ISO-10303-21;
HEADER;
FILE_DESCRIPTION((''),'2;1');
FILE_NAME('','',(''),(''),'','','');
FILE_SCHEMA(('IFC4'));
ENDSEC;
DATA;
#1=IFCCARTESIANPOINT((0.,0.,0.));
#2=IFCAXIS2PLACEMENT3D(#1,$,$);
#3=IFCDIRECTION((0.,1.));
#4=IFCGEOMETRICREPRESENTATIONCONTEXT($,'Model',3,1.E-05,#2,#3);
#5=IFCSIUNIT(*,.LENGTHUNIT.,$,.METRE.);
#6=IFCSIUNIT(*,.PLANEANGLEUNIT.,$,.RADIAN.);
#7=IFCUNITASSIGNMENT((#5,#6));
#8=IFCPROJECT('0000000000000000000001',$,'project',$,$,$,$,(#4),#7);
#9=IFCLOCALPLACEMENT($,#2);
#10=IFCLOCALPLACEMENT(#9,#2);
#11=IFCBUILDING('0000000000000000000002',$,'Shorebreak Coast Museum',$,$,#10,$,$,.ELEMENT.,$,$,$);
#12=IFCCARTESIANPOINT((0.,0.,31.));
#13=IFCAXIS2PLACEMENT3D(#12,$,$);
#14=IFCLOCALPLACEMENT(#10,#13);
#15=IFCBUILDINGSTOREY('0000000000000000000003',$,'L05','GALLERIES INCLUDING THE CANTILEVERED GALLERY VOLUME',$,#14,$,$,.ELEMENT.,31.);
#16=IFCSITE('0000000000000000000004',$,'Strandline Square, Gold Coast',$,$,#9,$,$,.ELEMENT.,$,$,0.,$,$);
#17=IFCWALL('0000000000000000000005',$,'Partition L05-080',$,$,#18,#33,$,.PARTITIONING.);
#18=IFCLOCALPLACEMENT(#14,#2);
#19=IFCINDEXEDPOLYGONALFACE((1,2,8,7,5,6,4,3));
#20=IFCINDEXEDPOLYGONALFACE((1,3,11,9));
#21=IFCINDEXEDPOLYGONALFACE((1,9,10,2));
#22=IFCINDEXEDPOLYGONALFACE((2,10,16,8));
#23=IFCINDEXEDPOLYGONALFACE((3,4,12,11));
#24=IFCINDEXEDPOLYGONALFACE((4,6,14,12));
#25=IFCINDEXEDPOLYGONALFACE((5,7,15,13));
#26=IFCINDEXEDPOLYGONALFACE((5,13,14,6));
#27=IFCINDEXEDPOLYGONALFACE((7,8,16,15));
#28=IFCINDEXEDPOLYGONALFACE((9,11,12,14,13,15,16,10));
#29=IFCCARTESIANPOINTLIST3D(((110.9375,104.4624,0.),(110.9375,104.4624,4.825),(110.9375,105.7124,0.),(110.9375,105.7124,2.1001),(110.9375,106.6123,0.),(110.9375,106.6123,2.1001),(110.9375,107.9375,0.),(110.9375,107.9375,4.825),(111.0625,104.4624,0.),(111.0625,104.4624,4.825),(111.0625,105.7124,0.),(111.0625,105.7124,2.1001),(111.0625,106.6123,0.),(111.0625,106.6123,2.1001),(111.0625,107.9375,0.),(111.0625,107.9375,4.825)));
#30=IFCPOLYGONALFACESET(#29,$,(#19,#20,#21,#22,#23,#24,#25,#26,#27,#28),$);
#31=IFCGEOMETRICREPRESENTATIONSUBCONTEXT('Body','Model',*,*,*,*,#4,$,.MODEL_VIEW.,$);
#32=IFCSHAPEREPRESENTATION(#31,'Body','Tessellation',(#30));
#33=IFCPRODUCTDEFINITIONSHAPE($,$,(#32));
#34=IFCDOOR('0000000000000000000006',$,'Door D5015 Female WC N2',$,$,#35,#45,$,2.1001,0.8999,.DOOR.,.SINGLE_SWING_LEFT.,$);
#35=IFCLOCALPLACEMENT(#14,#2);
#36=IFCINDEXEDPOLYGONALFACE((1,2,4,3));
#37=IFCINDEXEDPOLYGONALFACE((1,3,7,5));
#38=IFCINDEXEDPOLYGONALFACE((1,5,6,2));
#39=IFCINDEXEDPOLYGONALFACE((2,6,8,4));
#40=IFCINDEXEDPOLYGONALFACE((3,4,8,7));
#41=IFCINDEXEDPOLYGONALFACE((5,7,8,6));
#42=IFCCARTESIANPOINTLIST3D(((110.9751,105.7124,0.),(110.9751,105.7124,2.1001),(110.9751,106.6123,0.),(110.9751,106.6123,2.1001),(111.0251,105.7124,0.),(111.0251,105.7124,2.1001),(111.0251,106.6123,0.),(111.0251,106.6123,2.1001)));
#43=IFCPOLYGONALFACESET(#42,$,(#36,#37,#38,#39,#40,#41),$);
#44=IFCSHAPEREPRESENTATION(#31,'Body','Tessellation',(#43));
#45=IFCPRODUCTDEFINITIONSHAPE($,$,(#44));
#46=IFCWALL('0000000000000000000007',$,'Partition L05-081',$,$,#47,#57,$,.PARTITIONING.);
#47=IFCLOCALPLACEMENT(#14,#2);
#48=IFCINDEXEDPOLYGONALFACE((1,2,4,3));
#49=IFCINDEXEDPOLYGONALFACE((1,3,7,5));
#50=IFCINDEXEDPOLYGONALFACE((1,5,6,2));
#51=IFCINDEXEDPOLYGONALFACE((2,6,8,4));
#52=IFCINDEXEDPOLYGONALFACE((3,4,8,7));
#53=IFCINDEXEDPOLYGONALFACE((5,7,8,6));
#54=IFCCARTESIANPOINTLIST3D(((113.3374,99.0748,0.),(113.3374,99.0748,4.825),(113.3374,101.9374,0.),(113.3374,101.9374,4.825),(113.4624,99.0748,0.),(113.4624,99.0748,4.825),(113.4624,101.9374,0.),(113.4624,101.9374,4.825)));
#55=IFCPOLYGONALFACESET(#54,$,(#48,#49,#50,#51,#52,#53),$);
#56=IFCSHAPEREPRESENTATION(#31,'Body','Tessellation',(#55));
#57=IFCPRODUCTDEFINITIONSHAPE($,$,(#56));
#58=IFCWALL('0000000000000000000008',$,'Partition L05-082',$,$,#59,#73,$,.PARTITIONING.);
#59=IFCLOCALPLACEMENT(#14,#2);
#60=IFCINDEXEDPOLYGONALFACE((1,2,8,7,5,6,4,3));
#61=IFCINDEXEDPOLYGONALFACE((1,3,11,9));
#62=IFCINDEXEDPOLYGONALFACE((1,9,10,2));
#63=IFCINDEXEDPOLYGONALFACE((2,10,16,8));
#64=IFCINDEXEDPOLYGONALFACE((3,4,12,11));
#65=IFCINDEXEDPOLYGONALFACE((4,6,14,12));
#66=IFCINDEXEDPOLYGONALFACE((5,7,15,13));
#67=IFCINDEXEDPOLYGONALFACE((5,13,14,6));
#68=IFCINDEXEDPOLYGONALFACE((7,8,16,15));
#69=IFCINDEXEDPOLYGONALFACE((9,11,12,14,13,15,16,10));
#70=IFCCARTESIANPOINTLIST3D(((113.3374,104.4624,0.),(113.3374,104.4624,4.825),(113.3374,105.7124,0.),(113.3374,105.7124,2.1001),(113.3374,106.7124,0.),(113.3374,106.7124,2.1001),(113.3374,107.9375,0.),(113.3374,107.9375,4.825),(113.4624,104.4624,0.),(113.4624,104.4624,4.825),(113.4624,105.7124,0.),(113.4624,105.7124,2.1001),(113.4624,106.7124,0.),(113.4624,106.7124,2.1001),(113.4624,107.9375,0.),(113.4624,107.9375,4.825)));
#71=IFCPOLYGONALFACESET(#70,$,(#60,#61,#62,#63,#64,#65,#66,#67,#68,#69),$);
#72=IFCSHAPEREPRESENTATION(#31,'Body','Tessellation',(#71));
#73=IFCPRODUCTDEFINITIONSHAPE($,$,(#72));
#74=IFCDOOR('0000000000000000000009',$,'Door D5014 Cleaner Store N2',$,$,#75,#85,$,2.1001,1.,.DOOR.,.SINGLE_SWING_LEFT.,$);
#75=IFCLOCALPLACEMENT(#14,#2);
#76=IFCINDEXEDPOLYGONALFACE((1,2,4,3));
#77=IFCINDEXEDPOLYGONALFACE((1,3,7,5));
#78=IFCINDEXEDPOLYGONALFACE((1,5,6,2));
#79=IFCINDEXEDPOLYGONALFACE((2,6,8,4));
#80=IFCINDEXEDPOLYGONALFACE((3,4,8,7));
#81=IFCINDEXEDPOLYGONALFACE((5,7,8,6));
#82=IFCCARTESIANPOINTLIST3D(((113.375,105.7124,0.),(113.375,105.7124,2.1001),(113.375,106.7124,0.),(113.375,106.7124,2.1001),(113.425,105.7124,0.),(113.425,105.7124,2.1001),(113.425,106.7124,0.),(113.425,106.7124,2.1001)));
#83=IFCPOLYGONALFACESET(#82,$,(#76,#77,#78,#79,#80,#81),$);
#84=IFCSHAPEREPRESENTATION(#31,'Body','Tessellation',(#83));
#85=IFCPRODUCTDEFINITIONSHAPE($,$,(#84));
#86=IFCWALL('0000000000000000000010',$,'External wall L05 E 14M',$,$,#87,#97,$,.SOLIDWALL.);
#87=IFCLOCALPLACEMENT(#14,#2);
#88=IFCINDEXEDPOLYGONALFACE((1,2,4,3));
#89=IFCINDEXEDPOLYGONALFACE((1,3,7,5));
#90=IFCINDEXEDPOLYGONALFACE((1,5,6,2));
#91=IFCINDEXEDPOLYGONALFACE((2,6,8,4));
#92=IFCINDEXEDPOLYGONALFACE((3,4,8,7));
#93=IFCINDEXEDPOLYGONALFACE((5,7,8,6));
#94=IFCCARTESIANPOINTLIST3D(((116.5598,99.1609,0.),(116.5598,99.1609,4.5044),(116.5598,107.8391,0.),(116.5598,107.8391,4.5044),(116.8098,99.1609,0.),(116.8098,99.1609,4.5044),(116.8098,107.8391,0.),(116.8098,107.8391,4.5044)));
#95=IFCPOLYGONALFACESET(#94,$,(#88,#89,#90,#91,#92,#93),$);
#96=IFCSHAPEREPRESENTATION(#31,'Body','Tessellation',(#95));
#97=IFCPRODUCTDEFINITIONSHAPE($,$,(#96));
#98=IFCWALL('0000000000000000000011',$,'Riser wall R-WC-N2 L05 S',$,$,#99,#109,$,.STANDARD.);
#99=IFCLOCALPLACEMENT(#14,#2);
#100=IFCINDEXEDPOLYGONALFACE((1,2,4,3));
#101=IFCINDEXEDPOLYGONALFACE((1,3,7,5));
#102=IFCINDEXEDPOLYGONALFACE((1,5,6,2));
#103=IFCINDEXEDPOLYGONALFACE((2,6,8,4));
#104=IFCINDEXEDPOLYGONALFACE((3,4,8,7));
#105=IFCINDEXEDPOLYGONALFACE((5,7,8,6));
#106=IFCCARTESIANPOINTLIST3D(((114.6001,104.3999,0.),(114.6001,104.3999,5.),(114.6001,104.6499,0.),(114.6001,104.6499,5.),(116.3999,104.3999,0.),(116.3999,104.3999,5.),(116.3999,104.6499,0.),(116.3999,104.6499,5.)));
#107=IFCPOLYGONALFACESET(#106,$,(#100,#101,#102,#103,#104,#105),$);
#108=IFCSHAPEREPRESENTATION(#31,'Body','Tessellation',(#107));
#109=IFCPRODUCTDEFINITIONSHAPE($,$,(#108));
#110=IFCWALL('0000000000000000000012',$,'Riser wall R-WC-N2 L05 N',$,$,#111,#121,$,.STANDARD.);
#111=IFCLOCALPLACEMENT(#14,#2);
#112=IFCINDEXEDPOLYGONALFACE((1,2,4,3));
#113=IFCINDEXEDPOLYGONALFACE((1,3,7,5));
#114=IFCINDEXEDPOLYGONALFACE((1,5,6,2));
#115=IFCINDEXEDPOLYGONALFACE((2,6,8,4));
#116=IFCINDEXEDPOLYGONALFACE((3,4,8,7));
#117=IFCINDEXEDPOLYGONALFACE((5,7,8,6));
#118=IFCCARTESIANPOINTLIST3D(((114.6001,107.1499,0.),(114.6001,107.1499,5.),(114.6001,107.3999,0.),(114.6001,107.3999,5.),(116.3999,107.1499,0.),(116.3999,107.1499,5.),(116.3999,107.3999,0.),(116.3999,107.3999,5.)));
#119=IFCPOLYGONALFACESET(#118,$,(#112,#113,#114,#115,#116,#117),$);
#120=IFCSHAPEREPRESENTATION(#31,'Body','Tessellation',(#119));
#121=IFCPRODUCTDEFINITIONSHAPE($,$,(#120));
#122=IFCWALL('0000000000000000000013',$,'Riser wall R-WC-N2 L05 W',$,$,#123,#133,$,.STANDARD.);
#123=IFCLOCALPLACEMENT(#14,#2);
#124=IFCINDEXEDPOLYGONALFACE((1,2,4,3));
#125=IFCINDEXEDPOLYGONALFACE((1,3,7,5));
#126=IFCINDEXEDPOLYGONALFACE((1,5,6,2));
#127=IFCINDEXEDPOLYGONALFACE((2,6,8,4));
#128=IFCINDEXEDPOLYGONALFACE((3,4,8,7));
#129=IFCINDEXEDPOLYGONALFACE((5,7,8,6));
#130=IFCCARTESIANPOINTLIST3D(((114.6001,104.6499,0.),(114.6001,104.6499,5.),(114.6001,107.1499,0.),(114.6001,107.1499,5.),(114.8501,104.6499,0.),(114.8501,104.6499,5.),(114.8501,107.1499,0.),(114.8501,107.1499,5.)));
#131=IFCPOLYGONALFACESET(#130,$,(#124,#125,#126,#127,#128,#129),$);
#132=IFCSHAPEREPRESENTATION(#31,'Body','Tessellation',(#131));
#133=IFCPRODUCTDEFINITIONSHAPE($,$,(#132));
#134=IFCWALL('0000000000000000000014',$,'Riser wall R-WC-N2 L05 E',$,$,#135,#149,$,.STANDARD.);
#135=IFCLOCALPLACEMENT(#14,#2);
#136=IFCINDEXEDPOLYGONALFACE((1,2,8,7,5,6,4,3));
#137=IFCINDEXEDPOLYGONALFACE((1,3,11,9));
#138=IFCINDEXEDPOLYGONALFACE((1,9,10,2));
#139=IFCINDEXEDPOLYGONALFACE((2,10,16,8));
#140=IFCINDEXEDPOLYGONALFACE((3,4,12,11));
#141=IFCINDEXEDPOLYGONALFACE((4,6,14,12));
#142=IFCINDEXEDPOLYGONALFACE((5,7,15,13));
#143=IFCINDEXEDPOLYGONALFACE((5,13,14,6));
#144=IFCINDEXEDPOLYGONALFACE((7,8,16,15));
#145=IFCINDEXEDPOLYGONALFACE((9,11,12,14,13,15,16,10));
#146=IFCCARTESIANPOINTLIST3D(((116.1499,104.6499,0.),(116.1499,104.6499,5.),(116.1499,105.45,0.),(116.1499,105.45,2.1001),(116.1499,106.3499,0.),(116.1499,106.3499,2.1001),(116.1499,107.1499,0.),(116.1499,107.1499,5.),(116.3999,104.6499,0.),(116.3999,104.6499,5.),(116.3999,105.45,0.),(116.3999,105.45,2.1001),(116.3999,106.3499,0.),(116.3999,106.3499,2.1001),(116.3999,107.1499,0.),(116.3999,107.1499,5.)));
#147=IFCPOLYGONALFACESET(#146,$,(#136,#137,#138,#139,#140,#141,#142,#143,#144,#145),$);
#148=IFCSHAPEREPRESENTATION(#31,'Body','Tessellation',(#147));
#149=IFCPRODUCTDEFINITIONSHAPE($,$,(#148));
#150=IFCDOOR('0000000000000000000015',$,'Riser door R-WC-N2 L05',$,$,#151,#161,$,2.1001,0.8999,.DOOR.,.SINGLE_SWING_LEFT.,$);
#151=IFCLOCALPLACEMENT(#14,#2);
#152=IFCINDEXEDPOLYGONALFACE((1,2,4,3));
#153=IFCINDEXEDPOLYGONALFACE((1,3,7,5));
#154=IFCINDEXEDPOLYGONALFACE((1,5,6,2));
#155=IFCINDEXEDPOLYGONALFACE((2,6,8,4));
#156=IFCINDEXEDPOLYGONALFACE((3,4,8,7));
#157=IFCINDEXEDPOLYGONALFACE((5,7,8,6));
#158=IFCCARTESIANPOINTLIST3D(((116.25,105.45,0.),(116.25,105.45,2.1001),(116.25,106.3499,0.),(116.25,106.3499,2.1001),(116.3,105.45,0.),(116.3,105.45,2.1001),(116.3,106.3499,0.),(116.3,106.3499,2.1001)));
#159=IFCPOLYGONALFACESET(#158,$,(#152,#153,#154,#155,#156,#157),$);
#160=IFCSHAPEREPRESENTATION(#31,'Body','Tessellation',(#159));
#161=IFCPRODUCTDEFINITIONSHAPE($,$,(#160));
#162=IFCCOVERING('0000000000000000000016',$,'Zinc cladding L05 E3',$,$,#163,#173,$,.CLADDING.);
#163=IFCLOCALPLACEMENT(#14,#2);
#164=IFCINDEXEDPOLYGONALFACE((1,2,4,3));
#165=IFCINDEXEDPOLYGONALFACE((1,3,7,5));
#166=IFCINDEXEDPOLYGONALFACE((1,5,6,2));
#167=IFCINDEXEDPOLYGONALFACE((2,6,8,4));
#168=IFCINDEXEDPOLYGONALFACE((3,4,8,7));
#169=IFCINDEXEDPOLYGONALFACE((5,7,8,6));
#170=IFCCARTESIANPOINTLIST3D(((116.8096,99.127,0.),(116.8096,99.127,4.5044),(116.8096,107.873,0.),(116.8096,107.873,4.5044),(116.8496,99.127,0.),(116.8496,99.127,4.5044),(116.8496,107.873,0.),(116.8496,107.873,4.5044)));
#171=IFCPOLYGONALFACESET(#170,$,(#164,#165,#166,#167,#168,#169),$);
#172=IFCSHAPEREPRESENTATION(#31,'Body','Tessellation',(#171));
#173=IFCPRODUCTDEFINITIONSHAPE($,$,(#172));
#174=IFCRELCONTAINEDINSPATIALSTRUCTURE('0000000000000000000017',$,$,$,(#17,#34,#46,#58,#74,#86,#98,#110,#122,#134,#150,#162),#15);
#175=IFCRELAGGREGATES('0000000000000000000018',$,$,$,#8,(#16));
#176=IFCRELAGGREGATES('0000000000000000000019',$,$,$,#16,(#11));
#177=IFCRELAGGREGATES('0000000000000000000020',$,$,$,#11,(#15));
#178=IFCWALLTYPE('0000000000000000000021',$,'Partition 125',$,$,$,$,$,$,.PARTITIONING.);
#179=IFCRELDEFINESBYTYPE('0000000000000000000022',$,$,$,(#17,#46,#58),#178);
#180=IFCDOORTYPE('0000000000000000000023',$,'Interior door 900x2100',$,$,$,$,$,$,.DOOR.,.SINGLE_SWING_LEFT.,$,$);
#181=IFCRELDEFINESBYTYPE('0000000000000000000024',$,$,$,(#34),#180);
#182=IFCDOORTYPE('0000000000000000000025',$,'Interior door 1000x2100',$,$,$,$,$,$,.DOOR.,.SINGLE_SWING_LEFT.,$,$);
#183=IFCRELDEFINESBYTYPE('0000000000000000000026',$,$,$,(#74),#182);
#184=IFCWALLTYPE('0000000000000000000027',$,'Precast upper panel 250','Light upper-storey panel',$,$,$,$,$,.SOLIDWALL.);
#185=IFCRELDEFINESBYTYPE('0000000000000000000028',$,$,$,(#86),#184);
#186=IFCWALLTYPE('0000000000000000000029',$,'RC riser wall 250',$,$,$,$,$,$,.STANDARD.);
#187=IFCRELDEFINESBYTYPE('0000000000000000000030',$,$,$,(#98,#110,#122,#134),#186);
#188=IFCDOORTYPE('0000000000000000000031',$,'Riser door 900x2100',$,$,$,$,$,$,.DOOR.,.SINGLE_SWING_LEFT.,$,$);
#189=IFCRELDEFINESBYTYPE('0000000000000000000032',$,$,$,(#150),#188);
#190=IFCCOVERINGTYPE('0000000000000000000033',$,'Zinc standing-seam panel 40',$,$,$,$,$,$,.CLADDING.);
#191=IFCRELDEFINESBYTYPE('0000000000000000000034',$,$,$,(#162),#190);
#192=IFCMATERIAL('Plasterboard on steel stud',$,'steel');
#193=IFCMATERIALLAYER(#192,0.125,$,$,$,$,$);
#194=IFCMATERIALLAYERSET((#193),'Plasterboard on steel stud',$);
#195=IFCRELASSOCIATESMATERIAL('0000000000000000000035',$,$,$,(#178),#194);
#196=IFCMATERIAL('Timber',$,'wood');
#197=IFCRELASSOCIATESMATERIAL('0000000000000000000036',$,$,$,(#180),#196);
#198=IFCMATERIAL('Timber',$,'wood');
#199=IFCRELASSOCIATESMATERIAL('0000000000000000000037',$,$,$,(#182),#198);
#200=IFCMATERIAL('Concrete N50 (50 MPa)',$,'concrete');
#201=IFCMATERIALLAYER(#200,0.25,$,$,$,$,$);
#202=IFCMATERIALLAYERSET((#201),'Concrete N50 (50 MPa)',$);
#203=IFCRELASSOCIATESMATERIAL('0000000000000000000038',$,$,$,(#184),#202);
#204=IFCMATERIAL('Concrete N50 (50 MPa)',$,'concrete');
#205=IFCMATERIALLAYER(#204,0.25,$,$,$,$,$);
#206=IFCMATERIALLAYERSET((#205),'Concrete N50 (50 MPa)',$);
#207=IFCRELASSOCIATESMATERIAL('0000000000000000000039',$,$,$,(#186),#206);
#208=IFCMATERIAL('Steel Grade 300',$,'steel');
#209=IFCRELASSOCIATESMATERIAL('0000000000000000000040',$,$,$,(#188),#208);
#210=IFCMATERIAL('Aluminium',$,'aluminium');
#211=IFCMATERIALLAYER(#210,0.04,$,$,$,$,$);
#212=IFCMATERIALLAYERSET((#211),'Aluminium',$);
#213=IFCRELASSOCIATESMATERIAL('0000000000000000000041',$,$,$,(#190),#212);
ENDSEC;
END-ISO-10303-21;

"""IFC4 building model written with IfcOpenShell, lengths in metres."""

from ifc_helpers import new_model, si_unit, direction, frame, frame_2d, origin, origin_2d, place, context, subcontext, project, spatial, rectangle, extrude, material, layer, layer_set, type_object, element, fill, save


model = new_model("IFC4")

# Units and contexts
model_context = context("Model", 3, precision=1e-05, world=origin(), true_north=direction((0.0, 1.0)))
body_context = subcontext(model_context, "Body", "Model", "MODEL_VIEW")
ifc_project = project(units=[si_unit("LENGTHUNIT", "METRE"), si_unit("PLANEANGLEUNIT", "RADIAN")], contexts=[model_context])

# Site, building, storey
site_placement = place(None, origin())
site = spatial("IfcSite", under=ifc_project, at=site_placement, Name="Strandline Square, Gold Coast", CompositionType="ELEMENT", RefElevation=0.0)
building_placement = place(site_placement, origin())
building = spatial("IfcBuilding", under=site, at=building_placement, Name="Shorebreak Coast Museum", CompositionType="ELEMENT")
storey_placement = place(building_placement, frame((0.0, 0.0, 31.0)))
storey = spatial("IfcBuildingStorey", under=building, at=storey_placement, Name="L05", Description="GALLERIES INCLUDING THE CANTILEVERED GALLERY VOLUME", CompositionType="ELEMENT", Elevation=31.0)

# Shared definitions
ifc_material_1 = material(Name="Plasterboard on steel stud", Category="steel")
ifc_layer_1 = layer(ifc_material_1, 0.125)
ifc_layer_set_1 = layer_set([ifc_layer_1], Name="Plasterboard on steel stud")
wall_type_1 = type_object("IfcWallType", Name="Partition 125", PredefinedType="PARTITIONING", material=ifc_layer_set_1)
ifc_material_2 = material(Name="Timber", Category="wood")
door_type_1 = type_object("IfcDoorType", Name="Interior door 900x2100", OperationType="SINGLE_SWING_LEFT", PredefinedType="DOOR", material=ifc_material_2)

# Wall, opening, door
wall_1_placement = place(storey_placement, frame((111.0, 104.4624, 0.0), z_axis=(0.0, 0.0, 1.0), x_axis=(0.0, 1.0, 0.0)))
wall_1 = element("IfcWall", 1, at=wall_1_placement, inside=storey, type_object=wall_type_1, Name="Partition L05-080", PredefinedType="PARTITIONING", context=body_context, shape_type="SweptSolid", body=[
    extrude(rectangle(XDim=3.4751, YDim=0.125, at=frame_2d((1.7375, 0.0))), origin(), (0.0, 0.0, 1.0), 4.825),
])
opening_1_placement = place(wall_1_placement, frame((1.25, 0.0, 0.0)))
opening_1 = element("IfcOpeningElement", 2, at=opening_1_placement, cuts=wall_1, PredefinedType="OPENING", context=body_context, shape_type="SweptSolid", body=[
    extrude(rectangle(XDim=0.8999, YDim=2.1001, at=frame_2d((0.45, 1.05))), frame((0.0, 0.0725, 0.0), z_axis=(0.0, -1.0, 0.0), x_axis=(1.0, 0.0, 0.0)), (0.0, 0.0, 1.0), 0.145),
])
door_1_placement = place(opening_1_placement, origin())
door_1 = element("IfcDoor", 3, at=door_1_placement, inside=storey, type_object=door_type_1, Name="Door D5015 Female WC N2", OperationType="SINGLE_SWING_LEFT", OverallHeight=2.1001, OverallWidth=0.8999, PredefinedType="DOOR", context=body_context, shape_type="SweptSolid", body=[
    extrude(rectangle(XDim=0.8999, YDim=2.1001, at=frame_2d((0.45, 1.05))), frame((0.0, 0.0249, 0.0), z_axis=(0.0, -1.0, 0.0), x_axis=(1.0, 0.0, 0.0)), (0.0, 0.0, 1.0), 0.05),
])
fill(opening_1, door_1)

# Wall
wall_2_placement = place(storey_placement, frame((113.3999, 99.075, 0.0), z_axis=(0.0, 0.0, 1.0), x_axis=(0.0, 1.0, 0.0)))
element("IfcWall", 4, at=wall_2_placement, inside=storey, type_object=wall_type_1, Name="Partition L05-081", PredefinedType="PARTITIONING", context=body_context, shape_type="SweptSolid", body=[
    extrude(rectangle(XDim=2.8625, YDim=0.125, at=frame_2d((1.4312, 0.0))), origin(), (0.0, 0.0, 1.0), 4.825),
])

# Wall, opening, door
wall_3_placement = place(storey_placement, frame((113.3999, 104.4624, 0.0), z_axis=(0.0, 0.0, 1.0), x_axis=(0.0, 1.0, 0.0)))
wall_3 = element("IfcWall", 5, at=wall_3_placement, inside=storey, type_object=wall_type_1, Name="Partition L05-082", PredefinedType="PARTITIONING", context=body_context, shape_type="SweptSolid", body=[
    extrude(rectangle(XDim=3.4751, YDim=0.125, at=frame_2d((1.7375, 0.0))), origin(), (0.0, 0.0, 1.0), 4.825),
])
opening_2_placement = place(wall_3_placement, frame((1.25, 0.0, 0.0)))
opening_2 = element("IfcOpeningElement", 6, at=opening_2_placement, cuts=wall_3, PredefinedType="OPENING", context=body_context, shape_type="SweptSolid", body=[
    extrude(rectangle(XDim=1.0, YDim=2.1001, at=frame_2d((0.5, 1.05))), frame((0.0, 0.0725, 0.0), z_axis=(0.0, -1.0, 0.0), x_axis=(1.0, 0.0, 0.0)), (0.0, 0.0, 1.0), 0.145),
])
ifc_material_3 = material(Name="Timber", Category="wood")
door_type_2 = type_object("IfcDoorType", Name="Interior door 1000x2100", OperationType="SINGLE_SWING_LEFT", PredefinedType="DOOR", material=ifc_material_3)
door_2_placement = place(opening_2_placement, origin())
door_2 = element("IfcDoor", 7, at=door_2_placement, inside=storey, type_object=door_type_2, Name="Door D5014 Cleaner Store N2", OperationType="SINGLE_SWING_LEFT", OverallHeight=2.1001, OverallWidth=1.0, PredefinedType="DOOR", context=body_context, shape_type="SweptSolid", body=[
    extrude(rectangle(XDim=1.0, YDim=2.1001, at=frame_2d((0.5, 1.05))), frame((0.0, 0.0249, 0.0), z_axis=(0.0, -1.0, 0.0), x_axis=(1.0, 0.0, 0.0)), (0.0, 0.0, 1.0), 0.05),
])
fill(opening_2, door_2)

# Walls
ifc_material_4 = material(Name="Concrete N50 (50 MPa)", Category="concrete")
ifc_layer_2 = layer(ifc_material_4, 0.25)
ifc_layer_set_2 = layer_set([ifc_layer_2], Name="Concrete N50 (50 MPa)")
wall_type_2 = type_object("IfcWallType", Name="Precast upper panel 250", Description="Light upper-storey panel", PredefinedType="SOLIDWALL", material=ifc_layer_set_2)
wall_4_placement = place(storey_placement, frame((116.6848, 99.1609, 0.0), z_axis=(0.0, 0.0, 1.0), x_axis=(0.0, 1.0, 0.0)))
element("IfcWall", 8, at=wall_4_placement, inside=storey, type_object=wall_type_2, Name="External wall L05 E 14M", PredefinedType="SOLIDWALL", context=body_context, shape_type="SweptSolid", body=[
    extrude(rectangle(XDim=8.6782, YDim=0.25, at=frame_2d((4.3391, 0.0))), origin(), (0.0, 0.0, 1.0), 4.5044),
])
ifc_material_5 = material(Name="Concrete N50 (50 MPa)", Category="concrete")
ifc_layer_3 = layer(ifc_material_5, 0.25)
ifc_layer_set_3 = layer_set([ifc_layer_3], Name="Concrete N50 (50 MPa)")
wall_type_3 = type_object("IfcWallType", Name="RC riser wall 250", PredefinedType="STANDARD", material=ifc_layer_set_3)
for number, where, z_axis, x_axis, name in (
    (9, (114.6001, 104.5249, 0.0), (0.0, 0.0, 1.0), (1.0, 0.0, 0.0), "Riser wall R-WC-N2 L05 S"),
    (10, (114.6001, 107.2749, 0.0), (0.0, 0.0, 1.0), (1.0, 0.0, 0.0), "Riser wall R-WC-N2 L05 N"),
):
    element("IfcWall", number, at=place(storey_placement, frame(where, z_axis=z_axis, x_axis=x_axis)), inside=storey, type_object=wall_type_3, Name=name, PredefinedType="STANDARD", context=body_context, shape_type="SweptSolid", body=[
        extrude(rectangle(XDim=1.7998, YDim=0.25, at=frame_2d((0.8999, 0.0))), origin(), (0.0, 0.0, 1.0), 5.0),
    ])
wall_5_placement = place(storey_placement, frame((114.7251, 104.6499, 0.0), z_axis=(0.0, 0.0, 1.0), x_axis=(0.0, 1.0, 0.0)))
element("IfcWall", 11, at=wall_5_placement, inside=storey, type_object=wall_type_3, Name="Riser wall R-WC-N2 L05 W", PredefinedType="STANDARD", context=body_context, shape_type="SweptSolid", body=[
    extrude(rectangle(XDim=2.5, YDim=0.25, at=frame_2d((1.25, 0.0))), origin(), (0.0, 0.0, 1.0), 5.0),
])

# Wall, opening, door
wall_6_placement = place(storey_placement, frame((116.2749, 104.6499, 0.0), z_axis=(0.0, 0.0, 1.0), x_axis=(0.0, 1.0, 0.0)))
wall_6 = element("IfcWall", 12, at=wall_6_placement, inside=storey, type_object=wall_type_3, Name="Riser wall R-WC-N2 L05 E", PredefinedType="STANDARD", context=body_context, shape_type="SweptSolid", body=[
    extrude(rectangle(XDim=2.5, YDim=0.25, at=frame_2d((1.25, 0.0))), origin(), (0.0, 0.0, 1.0), 5.0),
])
opening_3_placement = place(wall_6_placement, frame((0.8, 0.0, 0.0)))
opening_3 = element("IfcOpeningElement", 13, at=opening_3_placement, cuts=wall_6, PredefinedType="OPENING", context=body_context, shape_type="SweptSolid", body=[
    extrude(rectangle(XDim=0.8999, YDim=2.1001, at=frame_2d((0.45, 1.05))), frame((0.0, 0.135, 0.0), z_axis=(0.0, -1.0, 0.0), x_axis=(1.0, 0.0, 0.0)), (0.0, 0.0, 1.0), 0.27),
])
ifc_material_6 = material(Name="Steel Grade 300", Category="steel")
door_type_3 = type_object("IfcDoorType", Name="Riser door 900x2100", OperationType="SINGLE_SWING_LEFT", PredefinedType="DOOR", material=ifc_material_6)
door_3_placement = place(opening_3_placement, origin())
door_3 = element("IfcDoor", 14, at=door_3_placement, inside=storey, type_object=door_type_3, Name="Riser door R-WC-N2 L05", OperationType="SINGLE_SWING_LEFT", OverallHeight=2.1001, OverallWidth=0.8999, PredefinedType="DOOR", context=body_context, shape_type="SweptSolid", body=[
    extrude(rectangle(XDim=0.8999, YDim=2.1001, at=frame_2d((0.45, 1.05))), frame((0.0, 0.0249, 0.0), z_axis=(0.0, -1.0, 0.0), x_axis=(1.0, 0.0, 0.0)), (0.0, 0.0, 1.0), 0.05),
])
fill(opening_3, door_3)

# Covering
ifc_material_7 = material(Name="Aluminium", Category="aluminium")
ifc_layer_4 = layer(ifc_material_7, 0.04)
ifc_layer_set_4 = layer_set([ifc_layer_4], Name="Aluminium")
covering_type = type_object("IfcCoveringType", Name="Zinc standing-seam panel 40", PredefinedType="CLADDING", material=ifc_layer_set_4)
covering_placement = place(storey_placement, frame((116.8296, 103.5, 0.0), z_axis=(0.0, 0.0, 1.0), x_axis=(1.0, 0.0, 0.0)))
element("IfcCovering", 15, at=covering_placement, inside=storey, type_object=covering_type, Name="Zinc cladding L05 E3", PredefinedType="CLADDING", context=body_context, shape_type="SweptSolid", body=[
    extrude(rectangle(XDim=0.04, YDim=8.7461, at=origin_2d()), origin(), (0.0, 0.0, 1.0), 4.5044),
])

save(model, "model.ifc")
